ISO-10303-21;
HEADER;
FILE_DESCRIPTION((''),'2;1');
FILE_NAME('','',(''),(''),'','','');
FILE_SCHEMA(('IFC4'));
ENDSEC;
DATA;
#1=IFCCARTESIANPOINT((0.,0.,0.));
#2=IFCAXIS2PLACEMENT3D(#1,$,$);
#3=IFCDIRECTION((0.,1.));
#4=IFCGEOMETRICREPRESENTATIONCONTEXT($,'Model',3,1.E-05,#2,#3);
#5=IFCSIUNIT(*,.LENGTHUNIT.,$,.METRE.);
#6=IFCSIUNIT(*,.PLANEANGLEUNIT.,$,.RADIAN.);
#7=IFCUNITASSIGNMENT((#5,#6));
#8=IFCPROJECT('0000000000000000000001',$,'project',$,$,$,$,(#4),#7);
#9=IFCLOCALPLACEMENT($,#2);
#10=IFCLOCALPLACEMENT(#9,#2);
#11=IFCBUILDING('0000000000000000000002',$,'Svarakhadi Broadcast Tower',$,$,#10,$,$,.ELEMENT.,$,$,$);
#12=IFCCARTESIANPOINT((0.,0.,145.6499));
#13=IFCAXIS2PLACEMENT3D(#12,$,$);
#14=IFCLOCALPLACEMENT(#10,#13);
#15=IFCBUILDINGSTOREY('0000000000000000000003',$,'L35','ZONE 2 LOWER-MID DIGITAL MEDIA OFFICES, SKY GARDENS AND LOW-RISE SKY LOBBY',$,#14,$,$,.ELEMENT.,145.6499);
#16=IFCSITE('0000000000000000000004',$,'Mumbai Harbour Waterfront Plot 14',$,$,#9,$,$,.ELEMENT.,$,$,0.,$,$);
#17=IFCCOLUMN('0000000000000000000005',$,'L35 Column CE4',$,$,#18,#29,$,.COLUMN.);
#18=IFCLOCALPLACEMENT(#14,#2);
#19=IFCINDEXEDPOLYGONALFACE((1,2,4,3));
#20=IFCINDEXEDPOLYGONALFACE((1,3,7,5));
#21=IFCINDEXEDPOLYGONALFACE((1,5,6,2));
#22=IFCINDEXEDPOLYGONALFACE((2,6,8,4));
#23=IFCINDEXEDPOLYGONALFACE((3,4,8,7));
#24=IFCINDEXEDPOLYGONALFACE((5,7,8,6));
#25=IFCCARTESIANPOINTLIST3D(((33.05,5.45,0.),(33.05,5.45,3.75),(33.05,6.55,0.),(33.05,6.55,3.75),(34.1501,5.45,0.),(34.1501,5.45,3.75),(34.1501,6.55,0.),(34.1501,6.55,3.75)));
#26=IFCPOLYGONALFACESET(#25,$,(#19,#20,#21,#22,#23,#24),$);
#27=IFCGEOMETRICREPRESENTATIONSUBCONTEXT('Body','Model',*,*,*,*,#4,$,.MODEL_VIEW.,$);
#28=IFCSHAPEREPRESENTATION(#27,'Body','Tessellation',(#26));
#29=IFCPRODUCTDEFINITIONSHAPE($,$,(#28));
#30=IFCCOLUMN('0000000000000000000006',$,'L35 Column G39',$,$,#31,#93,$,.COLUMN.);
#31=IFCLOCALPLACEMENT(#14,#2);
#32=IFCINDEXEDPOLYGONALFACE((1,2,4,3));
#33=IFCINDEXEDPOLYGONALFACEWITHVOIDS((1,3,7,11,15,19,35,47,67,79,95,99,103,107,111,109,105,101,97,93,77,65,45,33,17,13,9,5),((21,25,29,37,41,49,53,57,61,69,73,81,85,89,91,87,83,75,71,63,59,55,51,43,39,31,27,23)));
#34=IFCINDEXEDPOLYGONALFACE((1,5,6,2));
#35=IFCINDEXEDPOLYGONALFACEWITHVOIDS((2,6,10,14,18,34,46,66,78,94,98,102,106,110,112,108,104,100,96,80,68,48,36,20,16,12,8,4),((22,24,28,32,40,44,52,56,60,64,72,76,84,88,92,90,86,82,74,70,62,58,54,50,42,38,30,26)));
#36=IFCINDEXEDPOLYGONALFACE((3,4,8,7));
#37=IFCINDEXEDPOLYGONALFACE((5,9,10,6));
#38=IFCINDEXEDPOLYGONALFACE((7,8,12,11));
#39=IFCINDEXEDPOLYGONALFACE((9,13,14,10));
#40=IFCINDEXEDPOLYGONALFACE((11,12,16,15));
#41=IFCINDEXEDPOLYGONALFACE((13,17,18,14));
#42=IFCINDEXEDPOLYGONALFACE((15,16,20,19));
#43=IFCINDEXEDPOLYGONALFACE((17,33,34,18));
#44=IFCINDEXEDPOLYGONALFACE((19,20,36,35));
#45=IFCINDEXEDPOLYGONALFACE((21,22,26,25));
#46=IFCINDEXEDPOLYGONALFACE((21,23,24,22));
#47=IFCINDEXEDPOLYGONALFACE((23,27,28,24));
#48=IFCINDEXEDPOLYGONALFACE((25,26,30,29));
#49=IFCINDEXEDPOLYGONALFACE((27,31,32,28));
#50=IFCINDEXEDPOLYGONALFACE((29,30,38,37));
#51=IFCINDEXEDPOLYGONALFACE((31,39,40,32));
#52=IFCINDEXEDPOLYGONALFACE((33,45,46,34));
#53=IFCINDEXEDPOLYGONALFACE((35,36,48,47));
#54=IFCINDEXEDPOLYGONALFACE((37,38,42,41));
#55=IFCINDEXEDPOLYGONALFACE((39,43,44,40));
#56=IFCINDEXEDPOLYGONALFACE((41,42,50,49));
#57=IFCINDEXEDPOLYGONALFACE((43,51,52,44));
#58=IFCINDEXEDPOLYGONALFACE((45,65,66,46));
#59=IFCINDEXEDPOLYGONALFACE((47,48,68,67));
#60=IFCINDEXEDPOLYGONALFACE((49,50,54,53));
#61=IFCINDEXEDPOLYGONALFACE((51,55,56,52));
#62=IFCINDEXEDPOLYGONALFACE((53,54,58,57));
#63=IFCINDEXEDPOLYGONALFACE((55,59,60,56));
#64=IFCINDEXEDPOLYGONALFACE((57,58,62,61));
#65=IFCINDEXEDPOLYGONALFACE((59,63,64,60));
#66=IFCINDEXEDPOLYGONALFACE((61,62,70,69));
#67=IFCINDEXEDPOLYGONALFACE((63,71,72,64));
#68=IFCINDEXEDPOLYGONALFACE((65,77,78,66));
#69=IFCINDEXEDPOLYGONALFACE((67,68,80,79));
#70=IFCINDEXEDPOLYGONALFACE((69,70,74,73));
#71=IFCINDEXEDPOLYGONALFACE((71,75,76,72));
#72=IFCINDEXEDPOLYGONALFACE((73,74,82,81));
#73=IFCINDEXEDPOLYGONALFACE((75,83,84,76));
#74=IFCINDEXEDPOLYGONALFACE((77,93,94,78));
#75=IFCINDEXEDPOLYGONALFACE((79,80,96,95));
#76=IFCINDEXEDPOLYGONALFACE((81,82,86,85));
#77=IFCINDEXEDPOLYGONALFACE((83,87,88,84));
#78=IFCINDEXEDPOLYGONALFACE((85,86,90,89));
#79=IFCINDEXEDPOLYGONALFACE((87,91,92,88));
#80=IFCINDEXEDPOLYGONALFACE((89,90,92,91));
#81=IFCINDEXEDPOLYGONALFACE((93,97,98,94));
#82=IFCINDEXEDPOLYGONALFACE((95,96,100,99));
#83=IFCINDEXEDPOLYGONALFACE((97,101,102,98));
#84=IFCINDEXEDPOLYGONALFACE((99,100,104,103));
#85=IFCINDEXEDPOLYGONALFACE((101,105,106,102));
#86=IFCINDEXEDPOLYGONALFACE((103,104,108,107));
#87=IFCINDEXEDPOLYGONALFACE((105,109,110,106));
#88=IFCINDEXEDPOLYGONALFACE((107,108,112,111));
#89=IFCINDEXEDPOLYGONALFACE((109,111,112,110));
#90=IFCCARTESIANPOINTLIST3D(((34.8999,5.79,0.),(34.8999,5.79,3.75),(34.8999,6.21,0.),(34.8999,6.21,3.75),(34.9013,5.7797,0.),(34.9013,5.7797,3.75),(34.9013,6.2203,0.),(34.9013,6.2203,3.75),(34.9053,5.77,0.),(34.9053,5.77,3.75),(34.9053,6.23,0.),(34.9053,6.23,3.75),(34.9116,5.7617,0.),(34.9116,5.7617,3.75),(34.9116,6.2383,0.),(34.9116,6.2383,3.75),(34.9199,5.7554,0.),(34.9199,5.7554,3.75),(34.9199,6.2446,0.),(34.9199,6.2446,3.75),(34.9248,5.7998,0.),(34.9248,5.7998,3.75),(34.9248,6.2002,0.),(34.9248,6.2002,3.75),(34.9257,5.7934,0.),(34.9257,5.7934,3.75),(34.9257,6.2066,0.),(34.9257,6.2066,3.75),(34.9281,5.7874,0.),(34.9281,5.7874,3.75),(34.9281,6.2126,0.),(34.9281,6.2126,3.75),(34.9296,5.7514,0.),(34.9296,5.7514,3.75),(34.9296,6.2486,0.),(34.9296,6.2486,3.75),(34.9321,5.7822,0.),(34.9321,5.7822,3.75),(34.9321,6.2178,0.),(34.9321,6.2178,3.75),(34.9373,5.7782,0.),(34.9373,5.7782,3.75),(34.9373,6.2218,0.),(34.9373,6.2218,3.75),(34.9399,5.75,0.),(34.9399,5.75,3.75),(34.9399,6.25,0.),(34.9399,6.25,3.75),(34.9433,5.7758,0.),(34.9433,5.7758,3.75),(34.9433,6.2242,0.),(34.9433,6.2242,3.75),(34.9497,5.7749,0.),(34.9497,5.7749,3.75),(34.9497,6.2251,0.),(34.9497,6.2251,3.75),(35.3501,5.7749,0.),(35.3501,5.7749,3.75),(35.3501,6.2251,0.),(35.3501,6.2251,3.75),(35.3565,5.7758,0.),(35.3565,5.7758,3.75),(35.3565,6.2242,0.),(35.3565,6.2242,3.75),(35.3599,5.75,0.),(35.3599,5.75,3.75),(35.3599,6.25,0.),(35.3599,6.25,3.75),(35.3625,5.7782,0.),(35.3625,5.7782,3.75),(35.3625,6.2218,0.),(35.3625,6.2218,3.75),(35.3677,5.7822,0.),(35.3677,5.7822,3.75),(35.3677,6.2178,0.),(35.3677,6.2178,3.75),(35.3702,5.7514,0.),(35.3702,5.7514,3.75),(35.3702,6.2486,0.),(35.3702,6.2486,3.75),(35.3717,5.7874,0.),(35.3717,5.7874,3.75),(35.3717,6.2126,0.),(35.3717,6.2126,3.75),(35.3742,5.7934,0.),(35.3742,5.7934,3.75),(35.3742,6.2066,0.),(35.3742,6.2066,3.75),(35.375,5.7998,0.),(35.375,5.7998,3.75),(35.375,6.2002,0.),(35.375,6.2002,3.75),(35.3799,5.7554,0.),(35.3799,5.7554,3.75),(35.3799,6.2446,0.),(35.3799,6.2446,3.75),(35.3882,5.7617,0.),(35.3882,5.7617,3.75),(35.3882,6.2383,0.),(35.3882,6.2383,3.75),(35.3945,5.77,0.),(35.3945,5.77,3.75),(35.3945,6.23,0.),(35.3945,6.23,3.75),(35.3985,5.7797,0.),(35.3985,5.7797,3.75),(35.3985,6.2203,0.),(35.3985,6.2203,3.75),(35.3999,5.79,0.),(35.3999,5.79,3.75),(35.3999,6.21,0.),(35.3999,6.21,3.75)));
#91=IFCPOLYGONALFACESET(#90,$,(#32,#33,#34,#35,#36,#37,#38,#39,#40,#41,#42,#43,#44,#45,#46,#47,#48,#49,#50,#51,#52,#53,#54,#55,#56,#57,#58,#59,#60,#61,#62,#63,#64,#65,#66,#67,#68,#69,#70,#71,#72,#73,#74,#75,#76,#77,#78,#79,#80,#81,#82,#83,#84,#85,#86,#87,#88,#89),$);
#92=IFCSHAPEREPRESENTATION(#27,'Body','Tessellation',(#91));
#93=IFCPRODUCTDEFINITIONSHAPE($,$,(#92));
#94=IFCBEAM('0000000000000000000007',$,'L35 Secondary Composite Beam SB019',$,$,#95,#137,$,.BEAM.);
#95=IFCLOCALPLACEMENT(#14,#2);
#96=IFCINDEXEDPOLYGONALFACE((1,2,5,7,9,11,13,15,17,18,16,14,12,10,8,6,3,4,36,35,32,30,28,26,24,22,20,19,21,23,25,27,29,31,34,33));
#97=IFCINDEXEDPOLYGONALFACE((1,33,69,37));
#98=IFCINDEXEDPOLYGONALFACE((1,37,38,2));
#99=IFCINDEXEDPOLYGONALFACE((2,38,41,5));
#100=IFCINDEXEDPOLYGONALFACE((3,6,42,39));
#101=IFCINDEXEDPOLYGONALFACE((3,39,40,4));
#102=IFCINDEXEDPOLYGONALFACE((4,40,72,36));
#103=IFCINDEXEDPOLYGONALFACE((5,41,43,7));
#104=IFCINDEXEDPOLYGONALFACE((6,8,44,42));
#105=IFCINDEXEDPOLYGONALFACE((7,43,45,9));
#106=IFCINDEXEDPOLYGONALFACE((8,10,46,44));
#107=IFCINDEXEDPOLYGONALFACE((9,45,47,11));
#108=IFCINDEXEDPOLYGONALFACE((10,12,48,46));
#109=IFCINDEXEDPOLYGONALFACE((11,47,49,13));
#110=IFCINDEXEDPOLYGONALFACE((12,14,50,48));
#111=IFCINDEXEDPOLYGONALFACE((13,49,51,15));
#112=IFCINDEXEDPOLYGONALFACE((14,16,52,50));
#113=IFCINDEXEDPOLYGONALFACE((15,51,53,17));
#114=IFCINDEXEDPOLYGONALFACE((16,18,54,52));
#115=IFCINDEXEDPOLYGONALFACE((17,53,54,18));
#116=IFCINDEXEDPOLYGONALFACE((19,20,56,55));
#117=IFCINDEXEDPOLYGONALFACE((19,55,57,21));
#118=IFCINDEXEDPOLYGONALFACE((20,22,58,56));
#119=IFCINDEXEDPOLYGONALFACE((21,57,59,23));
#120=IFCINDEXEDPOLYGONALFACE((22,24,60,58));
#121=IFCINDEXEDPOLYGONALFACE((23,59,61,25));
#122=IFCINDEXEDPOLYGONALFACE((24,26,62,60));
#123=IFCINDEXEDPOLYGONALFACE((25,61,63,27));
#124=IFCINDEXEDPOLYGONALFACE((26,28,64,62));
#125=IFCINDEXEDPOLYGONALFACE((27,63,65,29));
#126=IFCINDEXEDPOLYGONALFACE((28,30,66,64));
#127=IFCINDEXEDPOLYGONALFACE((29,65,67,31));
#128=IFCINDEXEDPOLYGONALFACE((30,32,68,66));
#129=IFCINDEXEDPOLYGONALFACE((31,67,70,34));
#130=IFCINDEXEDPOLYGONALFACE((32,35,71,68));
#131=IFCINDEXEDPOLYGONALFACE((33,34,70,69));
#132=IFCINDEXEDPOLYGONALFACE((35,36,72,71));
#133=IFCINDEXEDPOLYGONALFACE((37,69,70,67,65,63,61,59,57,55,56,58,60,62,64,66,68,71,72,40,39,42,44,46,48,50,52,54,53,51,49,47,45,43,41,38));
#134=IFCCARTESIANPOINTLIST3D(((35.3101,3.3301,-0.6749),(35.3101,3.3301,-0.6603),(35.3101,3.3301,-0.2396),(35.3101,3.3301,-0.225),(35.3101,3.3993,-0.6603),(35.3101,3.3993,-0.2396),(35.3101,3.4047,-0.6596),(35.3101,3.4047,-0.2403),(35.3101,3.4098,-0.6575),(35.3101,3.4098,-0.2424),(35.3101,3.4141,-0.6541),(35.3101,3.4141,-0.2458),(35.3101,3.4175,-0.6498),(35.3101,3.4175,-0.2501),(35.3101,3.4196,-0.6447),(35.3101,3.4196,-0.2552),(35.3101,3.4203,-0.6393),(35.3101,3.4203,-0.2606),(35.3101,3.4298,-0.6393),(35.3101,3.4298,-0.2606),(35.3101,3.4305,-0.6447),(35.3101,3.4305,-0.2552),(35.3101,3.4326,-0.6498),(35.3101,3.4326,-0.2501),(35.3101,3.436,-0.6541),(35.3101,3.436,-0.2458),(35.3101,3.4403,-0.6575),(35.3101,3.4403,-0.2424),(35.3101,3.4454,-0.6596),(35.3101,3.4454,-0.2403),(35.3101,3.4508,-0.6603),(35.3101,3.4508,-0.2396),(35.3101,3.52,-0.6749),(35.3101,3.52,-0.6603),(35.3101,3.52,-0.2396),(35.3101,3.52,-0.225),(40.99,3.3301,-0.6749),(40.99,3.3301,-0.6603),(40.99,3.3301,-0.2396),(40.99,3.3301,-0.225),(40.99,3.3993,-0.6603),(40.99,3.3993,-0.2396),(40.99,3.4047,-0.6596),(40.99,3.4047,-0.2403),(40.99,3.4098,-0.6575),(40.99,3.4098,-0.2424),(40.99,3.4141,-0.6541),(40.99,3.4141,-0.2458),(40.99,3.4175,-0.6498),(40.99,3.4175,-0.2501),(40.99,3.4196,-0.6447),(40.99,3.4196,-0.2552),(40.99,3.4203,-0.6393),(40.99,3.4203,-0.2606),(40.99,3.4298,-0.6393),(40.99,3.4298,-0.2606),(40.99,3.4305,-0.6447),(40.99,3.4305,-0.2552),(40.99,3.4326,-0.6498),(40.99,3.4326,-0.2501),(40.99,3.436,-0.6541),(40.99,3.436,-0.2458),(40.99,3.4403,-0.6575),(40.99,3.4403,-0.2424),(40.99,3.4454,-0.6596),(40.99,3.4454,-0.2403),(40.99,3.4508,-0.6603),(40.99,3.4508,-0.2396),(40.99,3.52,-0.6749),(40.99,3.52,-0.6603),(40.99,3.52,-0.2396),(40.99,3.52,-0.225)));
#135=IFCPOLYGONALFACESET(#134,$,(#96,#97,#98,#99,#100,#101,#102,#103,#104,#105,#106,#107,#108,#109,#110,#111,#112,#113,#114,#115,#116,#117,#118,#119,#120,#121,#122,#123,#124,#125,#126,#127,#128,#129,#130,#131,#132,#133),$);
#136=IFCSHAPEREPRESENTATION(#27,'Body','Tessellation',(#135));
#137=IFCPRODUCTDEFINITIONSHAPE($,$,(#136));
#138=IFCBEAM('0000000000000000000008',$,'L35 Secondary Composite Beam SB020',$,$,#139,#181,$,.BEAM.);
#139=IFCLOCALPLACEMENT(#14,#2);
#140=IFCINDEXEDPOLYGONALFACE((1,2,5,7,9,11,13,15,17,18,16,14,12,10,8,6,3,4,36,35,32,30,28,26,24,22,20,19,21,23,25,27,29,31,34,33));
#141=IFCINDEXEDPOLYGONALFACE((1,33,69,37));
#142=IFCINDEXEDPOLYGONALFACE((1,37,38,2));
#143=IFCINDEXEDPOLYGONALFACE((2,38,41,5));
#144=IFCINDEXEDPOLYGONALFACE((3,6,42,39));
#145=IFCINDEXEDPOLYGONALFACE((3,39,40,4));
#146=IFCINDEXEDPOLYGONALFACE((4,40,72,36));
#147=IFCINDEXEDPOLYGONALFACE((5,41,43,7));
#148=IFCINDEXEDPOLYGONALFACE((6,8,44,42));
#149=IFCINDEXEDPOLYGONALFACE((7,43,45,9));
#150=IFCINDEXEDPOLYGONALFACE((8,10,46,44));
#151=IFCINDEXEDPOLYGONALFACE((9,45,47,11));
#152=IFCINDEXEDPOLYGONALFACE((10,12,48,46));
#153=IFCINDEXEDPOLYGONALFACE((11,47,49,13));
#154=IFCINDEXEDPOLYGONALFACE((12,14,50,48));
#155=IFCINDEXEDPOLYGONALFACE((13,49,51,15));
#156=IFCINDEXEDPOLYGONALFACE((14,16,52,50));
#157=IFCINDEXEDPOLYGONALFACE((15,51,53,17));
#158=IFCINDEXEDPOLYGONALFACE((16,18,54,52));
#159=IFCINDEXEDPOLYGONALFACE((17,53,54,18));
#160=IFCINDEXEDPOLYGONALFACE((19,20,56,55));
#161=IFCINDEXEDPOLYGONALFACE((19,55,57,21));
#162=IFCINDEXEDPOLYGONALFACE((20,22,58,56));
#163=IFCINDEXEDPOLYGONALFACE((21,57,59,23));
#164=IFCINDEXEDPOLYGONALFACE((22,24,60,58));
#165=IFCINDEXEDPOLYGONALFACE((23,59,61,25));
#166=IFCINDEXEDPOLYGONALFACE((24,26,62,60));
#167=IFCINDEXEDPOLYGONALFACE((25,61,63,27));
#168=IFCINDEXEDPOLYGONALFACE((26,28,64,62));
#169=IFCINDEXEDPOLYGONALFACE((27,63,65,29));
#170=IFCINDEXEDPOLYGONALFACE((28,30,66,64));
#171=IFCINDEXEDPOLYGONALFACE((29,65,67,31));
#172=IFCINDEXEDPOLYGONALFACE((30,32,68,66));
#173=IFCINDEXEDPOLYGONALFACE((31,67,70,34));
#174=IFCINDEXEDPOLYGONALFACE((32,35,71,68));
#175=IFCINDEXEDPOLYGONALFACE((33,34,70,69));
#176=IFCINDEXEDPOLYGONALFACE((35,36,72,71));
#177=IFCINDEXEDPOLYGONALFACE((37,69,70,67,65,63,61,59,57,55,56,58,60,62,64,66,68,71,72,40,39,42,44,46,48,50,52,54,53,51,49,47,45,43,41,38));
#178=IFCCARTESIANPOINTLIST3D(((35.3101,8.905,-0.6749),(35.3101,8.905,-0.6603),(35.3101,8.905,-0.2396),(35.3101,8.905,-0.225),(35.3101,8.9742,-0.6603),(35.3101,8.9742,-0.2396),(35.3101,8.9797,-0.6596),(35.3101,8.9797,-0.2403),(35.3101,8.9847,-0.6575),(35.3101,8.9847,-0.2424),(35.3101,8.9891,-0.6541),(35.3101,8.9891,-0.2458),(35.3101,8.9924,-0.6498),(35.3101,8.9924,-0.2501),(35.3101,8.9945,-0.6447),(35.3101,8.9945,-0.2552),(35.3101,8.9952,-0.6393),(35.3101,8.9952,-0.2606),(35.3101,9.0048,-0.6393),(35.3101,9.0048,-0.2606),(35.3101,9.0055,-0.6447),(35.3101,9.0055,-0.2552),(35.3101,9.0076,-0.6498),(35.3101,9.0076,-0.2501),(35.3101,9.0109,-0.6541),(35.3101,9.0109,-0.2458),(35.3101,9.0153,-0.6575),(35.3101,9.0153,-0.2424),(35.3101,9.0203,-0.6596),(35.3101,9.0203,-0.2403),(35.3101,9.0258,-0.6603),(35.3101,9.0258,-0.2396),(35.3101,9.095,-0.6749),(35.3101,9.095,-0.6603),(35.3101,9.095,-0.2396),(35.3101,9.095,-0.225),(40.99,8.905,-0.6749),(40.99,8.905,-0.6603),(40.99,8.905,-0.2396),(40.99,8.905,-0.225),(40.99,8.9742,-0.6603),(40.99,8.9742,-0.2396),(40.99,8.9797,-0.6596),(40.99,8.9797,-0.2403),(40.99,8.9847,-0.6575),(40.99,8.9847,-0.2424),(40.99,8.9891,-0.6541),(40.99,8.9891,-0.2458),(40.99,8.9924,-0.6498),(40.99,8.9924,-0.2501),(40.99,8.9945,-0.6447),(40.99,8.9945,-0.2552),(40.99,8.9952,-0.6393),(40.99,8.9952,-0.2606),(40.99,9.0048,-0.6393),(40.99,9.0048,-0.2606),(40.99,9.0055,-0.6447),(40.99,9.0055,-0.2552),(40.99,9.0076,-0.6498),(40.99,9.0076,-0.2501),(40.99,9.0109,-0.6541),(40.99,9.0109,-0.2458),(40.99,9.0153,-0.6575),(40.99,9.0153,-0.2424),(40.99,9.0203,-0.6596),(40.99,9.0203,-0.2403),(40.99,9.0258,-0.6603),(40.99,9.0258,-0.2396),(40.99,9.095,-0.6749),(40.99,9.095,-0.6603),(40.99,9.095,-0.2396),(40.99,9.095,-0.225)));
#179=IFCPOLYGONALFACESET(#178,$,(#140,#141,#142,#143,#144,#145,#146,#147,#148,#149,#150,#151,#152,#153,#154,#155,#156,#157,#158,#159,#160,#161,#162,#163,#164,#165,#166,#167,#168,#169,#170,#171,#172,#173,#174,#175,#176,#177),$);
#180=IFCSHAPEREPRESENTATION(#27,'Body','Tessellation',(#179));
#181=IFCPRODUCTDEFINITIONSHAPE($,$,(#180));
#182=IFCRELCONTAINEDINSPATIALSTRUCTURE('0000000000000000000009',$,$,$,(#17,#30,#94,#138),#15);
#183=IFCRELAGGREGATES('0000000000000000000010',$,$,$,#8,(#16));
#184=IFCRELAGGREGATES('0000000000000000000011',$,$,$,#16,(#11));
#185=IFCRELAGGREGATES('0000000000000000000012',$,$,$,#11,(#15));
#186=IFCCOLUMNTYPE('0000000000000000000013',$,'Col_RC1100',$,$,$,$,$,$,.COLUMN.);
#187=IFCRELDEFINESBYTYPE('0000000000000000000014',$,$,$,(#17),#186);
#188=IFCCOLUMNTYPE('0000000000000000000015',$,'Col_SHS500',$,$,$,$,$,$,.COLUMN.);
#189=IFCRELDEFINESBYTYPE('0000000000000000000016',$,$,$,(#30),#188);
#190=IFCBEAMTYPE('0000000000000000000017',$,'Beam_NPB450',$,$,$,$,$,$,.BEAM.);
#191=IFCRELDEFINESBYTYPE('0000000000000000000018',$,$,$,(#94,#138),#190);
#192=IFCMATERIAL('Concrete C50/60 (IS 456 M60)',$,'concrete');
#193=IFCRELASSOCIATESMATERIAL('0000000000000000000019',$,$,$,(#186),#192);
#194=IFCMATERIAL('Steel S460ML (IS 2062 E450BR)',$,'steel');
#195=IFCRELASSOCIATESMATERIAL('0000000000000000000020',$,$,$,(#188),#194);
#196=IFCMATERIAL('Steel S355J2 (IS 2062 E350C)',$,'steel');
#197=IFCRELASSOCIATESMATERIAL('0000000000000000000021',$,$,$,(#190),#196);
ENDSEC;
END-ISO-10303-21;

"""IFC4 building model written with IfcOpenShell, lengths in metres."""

from ifc_helpers import new_model, si_unit, direction, frame, origin, origin_2d, place, context, subcontext, project, spatial, rectangle, hollow_rectangle, i_section, extrude, material, material_profile, profile_set, type_object, element, save


model = new_model("IFC4")

# Units and contexts
model_context = context("Model", 3, precision=1e-05, world=origin(), true_north=direction((0.0, 1.0)))
body_context = subcontext(model_context, "Body", "Model", "MODEL_VIEW")
ifc_project = project(units=[si_unit("LENGTHUNIT", "METRE"), si_unit("PLANEANGLEUNIT", "RADIAN")], contexts=[model_context])

# Site, building, storey
site_placement = place(None, origin())
site = spatial("IfcSite", under=ifc_project, at=site_placement, Name="Mumbai Harbour Waterfront Plot 14", CompositionType="ELEMENT", RefElevation=0.0)
building_placement = place(site_placement, origin())
building = spatial("IfcBuilding", under=site, at=building_placement, Name="Svarakhadi Broadcast Tower", CompositionType="ELEMENT")
storey_placement = place(building_placement, frame((0.0, 0.0, 145.6499)))
storey = spatial("IfcBuildingStorey", under=building, at=storey_placement, Name="L35", Description="ZONE 2 LOWER-MID DIGITAL MEDIA OFFICES, SKY GARDENS AND LOW-RISE SKY LOBBY", CompositionType="ELEMENT", Elevation=145.6499)

# Columns
ifc_material_1 = material(Name="Concrete C50/60 (IS 456 M60)", Category="concrete")
ifc_material_profile_1 = material_profile(ifc_material_1, rectangle(XDim=1.1001, YDim=1.1001, at=origin_2d()), Name="RC 1100x1100")
ifc_profile_set_1 = profile_set([ifc_material_profile_1], Name="Concrete C50/60 (IS 456 M60)")
column_type_1 = type_object("IfcColumnType", Name="Col_RC1100", PredefinedType="COLUMN", material=ifc_profile_set_1)
column_1_placement = place(storey_placement, frame((33.6001, 6.0, 0.0), z_axis=(0.0, 0.0, 1.0), x_axis=(1.0, 0.0, 0.0)))
element("IfcColumn", 1, at=column_1_placement, inside=storey, type_object=column_type_1, Name="L35 Column CE4", PredefinedType="COLUMN", context=body_context, shape_type="SweptSolid", body=[
    extrude(rectangle(XDim=1.1001, YDim=1.1001, at=origin_2d()), origin(), (0.0, 0.0, 1.0), 3.75),
])
ifc_material_2 = material(Name="Steel S460ML (IS 2062 E450BR)", Category="steel")
ifc_material_profile_2 = material_profile(ifc_material_2, hollow_rectangle(XDim=0.5, YDim=0.5, WallThickness=0.0249, InnerFilletRadius=0.0249, OuterFilletRadius=0.04, at=origin_2d()), Name="SHS 500x500x25")
ifc_profile_set_2 = profile_set([ifc_material_profile_2], Name="Steel S460ML (IS 2062 E450BR)")
column_type_2 = type_object("IfcColumnType", Name="Col_SHS500", PredefinedType="COLUMN", material=ifc_profile_set_2)
column_2_placement = place(storey_placement, frame((35.1499, 6.0, 0.0), z_axis=(0.0, 0.0, 1.0), x_axis=(1.0, 0.0, 0.0)))
element("IfcColumn", 2, at=column_2_placement, inside=storey, type_object=column_type_2, Name="L35 Column G39", PredefinedType="COLUMN", context=body_context, shape_type="SweptSolid", body=[
    extrude(hollow_rectangle(XDim=0.5, YDim=0.5, WallThickness=0.0249, InnerFilletRadius=0.0249, OuterFilletRadius=0.04, at=origin_2d()), origin(), (0.0, 0.0, 1.0), 3.75),
])

# Beams
ifc_material_3 = material(Name="Steel S355J2 (IS 2062 E350C)", Category="steel")
ifc_material_profile_3 = material_profile(ifc_material_3, i_section(OverallWidth=0.1899, OverallDepth=0.45, WebThickness=0.0095, FlangeThickness=0.0146, FilletRadius=0.021, at=origin_2d()), Name="NPB 450x190x78")
ifc_profile_set_3 = profile_set([ifc_material_profile_3], Name="Steel S355J2 (IS 2062 E350C)")
beam_type_1 = type_object("IfcBeamType", Name="Beam_NPB450", PredefinedType="BEAM", material=ifc_profile_set_3)
for number, where, z_axis, x_axis, name in (
    (3, (35.3101, 3.425, -0.45), (1.0, 0.0, 0.0), (0.0, 1.0, 0.0), "L35 Secondary Composite Beam SB019"),
    (4, (35.3101, 9.0, -0.45), (1.0, 0.0, 0.0), (0.0, 1.0, 0.0), "L35 Secondary Composite Beam SB020"),
):
    element("IfcBeam", number, at=place(storey_placement, frame(where, z_axis=z_axis, x_axis=x_axis)), inside=storey, type_object=beam_type_1, Name=name, PredefinedType="BEAM", context=body_context, shape_type="SweptSolid", body=[
        extrude(i_section(OverallWidth=0.1899, OverallDepth=0.45, WebThickness=0.0095, FlangeThickness=0.0146, FilletRadius=0.021, at=origin_2d()), origin(), (0.0, 0.0, 1.0), 5.6799),
    ])

save(model, "model.ifc")
